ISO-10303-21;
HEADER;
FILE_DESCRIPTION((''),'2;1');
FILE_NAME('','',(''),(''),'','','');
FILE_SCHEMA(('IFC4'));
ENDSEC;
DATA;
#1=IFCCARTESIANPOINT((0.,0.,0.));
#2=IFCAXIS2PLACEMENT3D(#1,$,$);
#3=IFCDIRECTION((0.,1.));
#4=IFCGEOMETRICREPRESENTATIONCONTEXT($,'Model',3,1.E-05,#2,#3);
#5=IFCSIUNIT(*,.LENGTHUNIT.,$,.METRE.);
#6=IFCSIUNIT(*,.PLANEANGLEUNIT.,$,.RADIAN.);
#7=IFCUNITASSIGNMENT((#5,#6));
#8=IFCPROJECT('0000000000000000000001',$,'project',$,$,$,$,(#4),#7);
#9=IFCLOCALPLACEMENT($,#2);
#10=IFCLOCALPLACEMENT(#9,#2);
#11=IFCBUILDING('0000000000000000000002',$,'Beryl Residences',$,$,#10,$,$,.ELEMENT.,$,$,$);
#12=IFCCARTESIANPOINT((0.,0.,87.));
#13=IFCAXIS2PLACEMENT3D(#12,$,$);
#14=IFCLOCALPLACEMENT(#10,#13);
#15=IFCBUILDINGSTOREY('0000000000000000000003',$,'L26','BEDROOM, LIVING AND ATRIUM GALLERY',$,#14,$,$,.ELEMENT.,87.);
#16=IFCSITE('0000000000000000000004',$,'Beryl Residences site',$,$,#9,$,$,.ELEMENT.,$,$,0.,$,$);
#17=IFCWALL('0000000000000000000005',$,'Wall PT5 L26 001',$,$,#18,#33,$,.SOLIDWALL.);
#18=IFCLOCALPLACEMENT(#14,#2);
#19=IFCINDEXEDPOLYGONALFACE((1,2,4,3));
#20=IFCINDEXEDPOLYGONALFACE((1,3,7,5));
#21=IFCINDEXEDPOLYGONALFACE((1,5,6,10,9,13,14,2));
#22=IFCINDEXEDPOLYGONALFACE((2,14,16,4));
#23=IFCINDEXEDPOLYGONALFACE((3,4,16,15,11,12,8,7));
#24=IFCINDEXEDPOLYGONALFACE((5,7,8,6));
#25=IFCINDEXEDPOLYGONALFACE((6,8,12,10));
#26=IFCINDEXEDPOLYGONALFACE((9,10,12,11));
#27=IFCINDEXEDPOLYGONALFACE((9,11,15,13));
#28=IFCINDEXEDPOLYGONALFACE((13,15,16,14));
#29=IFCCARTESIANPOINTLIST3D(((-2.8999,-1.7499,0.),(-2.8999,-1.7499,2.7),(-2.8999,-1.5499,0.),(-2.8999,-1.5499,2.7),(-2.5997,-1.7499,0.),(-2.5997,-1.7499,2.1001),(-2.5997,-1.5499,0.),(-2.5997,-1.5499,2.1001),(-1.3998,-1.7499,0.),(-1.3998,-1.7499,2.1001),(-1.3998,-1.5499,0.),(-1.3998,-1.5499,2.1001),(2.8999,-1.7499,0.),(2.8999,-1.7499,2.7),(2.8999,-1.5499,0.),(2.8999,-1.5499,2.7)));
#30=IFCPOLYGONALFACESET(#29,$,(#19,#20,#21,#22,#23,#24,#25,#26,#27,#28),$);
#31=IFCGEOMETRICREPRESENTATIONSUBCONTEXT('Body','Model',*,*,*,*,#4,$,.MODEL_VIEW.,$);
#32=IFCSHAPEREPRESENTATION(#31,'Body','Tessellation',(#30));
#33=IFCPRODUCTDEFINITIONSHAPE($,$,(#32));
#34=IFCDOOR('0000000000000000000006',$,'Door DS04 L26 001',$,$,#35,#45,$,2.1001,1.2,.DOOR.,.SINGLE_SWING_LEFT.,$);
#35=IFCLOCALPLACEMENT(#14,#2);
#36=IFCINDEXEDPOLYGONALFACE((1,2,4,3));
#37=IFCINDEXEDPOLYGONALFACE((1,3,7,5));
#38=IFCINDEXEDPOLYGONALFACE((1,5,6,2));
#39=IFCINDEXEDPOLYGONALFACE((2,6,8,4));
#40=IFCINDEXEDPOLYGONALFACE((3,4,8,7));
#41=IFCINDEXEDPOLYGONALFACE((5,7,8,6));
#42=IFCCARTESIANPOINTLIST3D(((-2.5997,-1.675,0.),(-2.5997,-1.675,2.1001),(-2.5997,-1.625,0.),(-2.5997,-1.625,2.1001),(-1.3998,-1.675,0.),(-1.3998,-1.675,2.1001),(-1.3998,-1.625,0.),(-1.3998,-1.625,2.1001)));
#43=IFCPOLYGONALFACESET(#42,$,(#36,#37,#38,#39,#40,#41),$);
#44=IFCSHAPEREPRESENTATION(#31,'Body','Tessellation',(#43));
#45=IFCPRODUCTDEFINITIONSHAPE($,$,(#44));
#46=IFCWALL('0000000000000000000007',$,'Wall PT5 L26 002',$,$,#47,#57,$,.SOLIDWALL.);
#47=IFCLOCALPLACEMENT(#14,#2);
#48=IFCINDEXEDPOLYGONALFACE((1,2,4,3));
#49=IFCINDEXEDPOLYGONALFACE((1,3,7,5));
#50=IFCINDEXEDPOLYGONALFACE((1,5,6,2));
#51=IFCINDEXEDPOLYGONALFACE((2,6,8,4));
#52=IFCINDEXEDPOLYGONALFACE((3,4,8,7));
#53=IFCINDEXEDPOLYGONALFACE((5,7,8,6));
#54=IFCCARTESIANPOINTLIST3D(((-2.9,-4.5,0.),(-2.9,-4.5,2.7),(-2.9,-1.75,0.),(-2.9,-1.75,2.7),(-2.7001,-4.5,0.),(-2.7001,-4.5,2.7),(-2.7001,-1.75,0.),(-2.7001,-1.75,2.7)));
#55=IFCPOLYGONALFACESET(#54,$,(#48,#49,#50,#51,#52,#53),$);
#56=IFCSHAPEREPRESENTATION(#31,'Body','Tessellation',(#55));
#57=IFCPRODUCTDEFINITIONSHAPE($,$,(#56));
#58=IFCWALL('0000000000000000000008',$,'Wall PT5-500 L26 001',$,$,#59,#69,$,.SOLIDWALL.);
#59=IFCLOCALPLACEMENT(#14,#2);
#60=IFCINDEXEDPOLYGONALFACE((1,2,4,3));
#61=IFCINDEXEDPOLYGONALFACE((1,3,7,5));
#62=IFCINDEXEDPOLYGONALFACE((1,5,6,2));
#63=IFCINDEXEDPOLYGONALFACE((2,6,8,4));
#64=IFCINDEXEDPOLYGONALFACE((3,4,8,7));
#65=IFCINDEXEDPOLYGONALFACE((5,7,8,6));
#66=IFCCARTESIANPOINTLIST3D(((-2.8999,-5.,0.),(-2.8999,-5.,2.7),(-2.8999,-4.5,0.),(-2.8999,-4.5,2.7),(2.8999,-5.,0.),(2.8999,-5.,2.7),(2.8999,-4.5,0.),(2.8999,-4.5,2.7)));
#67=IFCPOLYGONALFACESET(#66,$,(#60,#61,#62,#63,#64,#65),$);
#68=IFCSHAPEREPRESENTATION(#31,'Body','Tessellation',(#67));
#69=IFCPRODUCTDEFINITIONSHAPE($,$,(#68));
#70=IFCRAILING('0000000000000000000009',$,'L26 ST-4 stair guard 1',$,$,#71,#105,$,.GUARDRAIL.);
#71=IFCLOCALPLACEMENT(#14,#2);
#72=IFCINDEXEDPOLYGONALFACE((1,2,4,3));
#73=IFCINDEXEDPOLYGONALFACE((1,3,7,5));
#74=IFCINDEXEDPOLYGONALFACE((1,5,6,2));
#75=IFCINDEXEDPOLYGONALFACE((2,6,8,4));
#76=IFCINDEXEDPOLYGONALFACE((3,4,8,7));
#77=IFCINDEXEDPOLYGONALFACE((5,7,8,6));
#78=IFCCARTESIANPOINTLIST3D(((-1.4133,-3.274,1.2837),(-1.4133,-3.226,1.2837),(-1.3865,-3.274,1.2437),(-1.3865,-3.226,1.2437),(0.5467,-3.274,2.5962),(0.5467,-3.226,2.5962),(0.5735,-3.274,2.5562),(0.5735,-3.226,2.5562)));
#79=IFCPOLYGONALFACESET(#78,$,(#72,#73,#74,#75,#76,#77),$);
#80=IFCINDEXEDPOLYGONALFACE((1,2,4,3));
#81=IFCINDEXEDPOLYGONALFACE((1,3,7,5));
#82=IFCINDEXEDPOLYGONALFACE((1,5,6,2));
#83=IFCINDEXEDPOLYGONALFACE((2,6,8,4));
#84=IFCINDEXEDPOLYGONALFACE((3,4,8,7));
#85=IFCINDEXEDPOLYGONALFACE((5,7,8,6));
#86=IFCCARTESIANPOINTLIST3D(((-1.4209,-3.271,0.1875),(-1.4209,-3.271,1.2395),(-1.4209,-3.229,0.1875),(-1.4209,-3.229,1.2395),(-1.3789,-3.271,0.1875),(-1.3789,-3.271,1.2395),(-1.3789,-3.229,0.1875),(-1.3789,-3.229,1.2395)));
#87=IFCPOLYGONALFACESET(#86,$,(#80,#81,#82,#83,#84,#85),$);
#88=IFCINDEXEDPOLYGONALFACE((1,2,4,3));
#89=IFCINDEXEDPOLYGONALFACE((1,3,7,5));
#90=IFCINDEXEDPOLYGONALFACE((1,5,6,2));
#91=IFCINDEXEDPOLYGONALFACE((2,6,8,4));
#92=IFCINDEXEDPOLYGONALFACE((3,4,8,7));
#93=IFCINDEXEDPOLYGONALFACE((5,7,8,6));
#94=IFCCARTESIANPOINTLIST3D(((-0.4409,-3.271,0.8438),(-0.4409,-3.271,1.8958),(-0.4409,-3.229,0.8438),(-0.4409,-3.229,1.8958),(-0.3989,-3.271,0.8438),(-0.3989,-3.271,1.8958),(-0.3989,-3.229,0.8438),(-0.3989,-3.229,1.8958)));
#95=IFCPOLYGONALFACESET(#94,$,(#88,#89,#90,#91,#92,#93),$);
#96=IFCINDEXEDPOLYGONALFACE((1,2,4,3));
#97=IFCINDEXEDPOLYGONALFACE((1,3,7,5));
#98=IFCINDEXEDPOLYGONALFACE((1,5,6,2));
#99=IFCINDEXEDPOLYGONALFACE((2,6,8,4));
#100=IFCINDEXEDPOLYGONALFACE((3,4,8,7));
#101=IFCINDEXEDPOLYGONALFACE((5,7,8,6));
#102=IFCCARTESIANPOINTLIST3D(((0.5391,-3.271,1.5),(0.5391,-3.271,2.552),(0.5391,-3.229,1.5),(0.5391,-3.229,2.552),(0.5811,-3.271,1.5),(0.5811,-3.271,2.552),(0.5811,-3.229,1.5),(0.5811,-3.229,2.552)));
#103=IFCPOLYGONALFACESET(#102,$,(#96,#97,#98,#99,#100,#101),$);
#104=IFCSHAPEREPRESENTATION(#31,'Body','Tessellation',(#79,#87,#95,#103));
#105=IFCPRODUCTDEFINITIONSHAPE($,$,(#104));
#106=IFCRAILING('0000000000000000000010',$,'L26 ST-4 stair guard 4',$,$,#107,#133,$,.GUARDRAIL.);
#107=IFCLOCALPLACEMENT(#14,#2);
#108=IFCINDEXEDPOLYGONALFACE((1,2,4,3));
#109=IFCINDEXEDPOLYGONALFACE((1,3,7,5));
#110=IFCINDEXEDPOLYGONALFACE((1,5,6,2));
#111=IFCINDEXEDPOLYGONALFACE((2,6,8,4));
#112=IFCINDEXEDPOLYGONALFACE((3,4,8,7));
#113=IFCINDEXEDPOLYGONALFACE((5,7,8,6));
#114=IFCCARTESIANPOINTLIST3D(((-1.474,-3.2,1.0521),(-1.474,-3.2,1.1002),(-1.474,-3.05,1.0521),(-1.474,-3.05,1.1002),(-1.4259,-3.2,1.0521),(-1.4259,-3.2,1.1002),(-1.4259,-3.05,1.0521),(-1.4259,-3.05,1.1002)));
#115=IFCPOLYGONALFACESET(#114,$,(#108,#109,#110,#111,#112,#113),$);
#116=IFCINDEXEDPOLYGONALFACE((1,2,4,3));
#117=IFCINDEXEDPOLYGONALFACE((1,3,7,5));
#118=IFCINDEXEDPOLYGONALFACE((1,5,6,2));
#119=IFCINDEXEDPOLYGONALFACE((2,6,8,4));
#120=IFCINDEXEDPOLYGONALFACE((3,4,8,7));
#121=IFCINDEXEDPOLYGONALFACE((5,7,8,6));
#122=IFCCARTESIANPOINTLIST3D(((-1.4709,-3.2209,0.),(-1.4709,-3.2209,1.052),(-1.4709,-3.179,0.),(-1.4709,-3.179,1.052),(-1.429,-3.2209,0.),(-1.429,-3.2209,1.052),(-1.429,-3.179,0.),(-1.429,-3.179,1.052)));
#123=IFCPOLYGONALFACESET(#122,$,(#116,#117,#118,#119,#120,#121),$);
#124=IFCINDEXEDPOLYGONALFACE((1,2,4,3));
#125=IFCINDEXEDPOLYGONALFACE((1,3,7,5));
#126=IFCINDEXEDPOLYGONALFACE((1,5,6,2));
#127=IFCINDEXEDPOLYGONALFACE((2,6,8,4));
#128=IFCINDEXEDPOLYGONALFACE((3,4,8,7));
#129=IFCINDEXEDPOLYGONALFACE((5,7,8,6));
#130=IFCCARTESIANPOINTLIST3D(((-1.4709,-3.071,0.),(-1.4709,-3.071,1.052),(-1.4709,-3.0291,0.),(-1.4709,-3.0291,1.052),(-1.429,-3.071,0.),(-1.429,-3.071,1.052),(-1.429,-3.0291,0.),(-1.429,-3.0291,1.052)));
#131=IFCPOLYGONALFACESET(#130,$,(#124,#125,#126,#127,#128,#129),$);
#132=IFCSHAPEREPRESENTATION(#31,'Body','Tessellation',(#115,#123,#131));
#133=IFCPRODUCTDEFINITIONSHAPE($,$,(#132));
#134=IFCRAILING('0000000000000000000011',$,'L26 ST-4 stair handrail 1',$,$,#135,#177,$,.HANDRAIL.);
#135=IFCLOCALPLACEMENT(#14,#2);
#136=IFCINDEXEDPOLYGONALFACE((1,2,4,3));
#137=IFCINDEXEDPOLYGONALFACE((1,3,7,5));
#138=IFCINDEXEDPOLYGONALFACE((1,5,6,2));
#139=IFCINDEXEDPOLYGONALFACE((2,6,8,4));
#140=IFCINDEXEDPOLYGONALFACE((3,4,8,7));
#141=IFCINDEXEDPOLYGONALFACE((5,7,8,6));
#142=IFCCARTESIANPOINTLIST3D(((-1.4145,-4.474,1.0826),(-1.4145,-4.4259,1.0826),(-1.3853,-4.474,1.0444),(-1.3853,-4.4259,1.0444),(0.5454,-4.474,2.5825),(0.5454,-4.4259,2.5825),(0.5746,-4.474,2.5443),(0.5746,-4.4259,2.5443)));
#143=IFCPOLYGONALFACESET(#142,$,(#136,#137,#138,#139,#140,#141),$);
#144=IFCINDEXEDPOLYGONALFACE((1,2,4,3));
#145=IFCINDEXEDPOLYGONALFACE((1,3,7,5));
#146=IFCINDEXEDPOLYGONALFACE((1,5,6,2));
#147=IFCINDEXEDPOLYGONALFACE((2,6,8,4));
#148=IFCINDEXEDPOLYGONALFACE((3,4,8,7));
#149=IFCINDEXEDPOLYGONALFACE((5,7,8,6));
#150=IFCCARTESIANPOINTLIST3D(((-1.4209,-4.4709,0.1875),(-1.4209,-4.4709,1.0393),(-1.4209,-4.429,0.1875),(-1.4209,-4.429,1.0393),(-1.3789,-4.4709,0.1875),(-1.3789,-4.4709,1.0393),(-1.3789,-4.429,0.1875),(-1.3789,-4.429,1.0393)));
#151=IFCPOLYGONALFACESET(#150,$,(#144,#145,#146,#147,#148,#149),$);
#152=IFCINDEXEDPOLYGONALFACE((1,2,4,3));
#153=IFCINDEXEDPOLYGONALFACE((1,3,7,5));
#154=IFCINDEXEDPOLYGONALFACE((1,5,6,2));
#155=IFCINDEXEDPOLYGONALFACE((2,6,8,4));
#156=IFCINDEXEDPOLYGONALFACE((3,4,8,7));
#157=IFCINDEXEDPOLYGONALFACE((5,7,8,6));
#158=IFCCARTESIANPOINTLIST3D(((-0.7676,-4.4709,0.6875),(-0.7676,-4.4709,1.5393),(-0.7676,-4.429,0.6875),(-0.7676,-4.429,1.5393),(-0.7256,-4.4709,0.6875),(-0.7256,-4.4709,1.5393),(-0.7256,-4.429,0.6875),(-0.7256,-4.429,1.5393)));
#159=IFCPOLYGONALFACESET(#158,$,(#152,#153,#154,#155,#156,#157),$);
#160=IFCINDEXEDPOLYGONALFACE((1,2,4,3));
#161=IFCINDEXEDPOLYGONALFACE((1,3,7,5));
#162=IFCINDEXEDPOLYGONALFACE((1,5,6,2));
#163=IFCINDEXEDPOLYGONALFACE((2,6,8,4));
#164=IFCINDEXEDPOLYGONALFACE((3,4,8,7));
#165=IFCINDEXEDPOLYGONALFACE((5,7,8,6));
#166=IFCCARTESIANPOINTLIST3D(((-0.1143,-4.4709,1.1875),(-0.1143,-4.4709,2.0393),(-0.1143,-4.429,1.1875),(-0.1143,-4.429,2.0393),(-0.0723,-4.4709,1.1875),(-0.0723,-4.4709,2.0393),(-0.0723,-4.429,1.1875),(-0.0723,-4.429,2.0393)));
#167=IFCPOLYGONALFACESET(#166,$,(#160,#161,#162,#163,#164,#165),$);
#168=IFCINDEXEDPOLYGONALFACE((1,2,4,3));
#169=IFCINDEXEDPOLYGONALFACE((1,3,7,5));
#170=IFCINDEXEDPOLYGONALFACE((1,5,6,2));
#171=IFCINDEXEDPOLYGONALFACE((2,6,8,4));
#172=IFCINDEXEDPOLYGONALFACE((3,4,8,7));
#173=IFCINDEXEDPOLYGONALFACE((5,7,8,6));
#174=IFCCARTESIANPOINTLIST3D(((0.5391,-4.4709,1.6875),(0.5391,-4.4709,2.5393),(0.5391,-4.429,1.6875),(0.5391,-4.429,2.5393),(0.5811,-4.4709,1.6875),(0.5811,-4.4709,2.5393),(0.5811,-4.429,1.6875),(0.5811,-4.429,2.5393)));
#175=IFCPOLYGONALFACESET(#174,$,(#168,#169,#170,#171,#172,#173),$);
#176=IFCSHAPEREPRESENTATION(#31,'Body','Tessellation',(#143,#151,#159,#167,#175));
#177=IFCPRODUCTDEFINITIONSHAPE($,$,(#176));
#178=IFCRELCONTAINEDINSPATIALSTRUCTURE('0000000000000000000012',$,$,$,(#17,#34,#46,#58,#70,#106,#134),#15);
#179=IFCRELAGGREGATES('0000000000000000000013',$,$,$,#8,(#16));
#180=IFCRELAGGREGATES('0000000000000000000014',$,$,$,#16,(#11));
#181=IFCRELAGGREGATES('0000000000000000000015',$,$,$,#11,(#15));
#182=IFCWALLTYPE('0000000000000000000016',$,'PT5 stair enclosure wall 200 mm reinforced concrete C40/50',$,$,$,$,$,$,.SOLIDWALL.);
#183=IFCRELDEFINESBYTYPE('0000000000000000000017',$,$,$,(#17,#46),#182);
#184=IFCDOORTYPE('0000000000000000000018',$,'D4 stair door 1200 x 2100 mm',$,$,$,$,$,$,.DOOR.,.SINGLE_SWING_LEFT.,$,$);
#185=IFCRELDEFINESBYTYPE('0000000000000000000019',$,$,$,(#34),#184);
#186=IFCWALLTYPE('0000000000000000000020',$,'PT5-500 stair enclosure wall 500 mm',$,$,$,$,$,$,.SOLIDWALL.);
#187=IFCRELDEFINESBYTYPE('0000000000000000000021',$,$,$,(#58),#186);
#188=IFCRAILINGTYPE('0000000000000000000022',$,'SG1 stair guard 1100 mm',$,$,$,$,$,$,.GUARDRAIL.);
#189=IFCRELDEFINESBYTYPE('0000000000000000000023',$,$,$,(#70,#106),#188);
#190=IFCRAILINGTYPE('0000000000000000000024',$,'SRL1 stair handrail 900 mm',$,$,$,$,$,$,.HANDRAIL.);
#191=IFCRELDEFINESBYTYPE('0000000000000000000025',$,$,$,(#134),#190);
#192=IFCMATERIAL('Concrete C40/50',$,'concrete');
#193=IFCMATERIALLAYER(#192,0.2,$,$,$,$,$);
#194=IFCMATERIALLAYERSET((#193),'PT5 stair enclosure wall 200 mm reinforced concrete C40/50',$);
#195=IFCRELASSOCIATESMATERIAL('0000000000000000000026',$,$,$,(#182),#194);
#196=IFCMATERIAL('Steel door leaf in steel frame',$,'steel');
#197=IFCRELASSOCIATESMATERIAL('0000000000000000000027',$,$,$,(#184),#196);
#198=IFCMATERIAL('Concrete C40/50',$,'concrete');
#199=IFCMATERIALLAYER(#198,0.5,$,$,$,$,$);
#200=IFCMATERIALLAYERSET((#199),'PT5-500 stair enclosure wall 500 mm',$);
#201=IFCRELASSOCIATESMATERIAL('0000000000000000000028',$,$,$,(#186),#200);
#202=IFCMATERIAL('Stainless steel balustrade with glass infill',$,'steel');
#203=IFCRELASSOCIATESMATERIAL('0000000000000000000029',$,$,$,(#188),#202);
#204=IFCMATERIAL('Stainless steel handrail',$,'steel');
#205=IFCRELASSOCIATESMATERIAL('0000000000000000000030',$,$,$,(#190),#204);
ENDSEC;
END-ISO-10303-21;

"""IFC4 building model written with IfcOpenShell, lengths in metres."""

from ifc_helpers import new_model, si_unit, direction, frame, frame_2d, origin, origin_2d, place, context, subcontext, project, spatial, rectangle, extrude, material, layer, layer_set, type_object, element, fill, save


model = new_model("IFC4")

# Units and contexts
model_context = context("Model", 3, precision=1e-05, world=origin(), true_north=direction((0.0, 1.0)))
body_context = subcontext(model_context, "Body", "Model", "MODEL_VIEW")
ifc_project = project(units=[si_unit("LENGTHUNIT", "METRE"), si_unit("PLANEANGLEUNIT", "RADIAN")], contexts=[model_context])

# Site, building, storey
site_placement = place(None, origin())
site = spatial("IfcSite", under=ifc_project, at=site_placement, Name="Beryl Residences site", CompositionType="ELEMENT", RefElevation=0.0)
building_placement = place(site_placement, origin())
building = spatial("IfcBuilding", under=site, at=building_placement, Name="Beryl Residences", CompositionType="ELEMENT")
storey_placement = place(building_placement, frame((0.0, 0.0, 87.0)))
storey = spatial("IfcBuildingStorey", under=building, at=storey_placement, Name="L26", Description="BEDROOM, LIVING AND ATRIUM GALLERY", CompositionType="ELEMENT", Elevation=87.0)

# Wall, opening, door
ifc_material_1 = material(Name="Concrete C40/50", Category="concrete")
ifc_layer_1 = layer(ifc_material_1, 0.2)
ifc_layer_set_1 = layer_set([ifc_layer_1], Name="PT5 stair enclosure wall 200 mm reinforced concrete C40/50")
wall_type_1 = type_object("IfcWallType", Name="PT5 stair enclosure wall 200 mm reinforced concrete C40/50", PredefinedType="SOLIDWALL", material=ifc_layer_set_1)
wall_1_placement = place(storey_placement, frame((-2.8999, -1.6499, 0.0), z_axis=(0.0, 0.0, 1.0), x_axis=(1.0, 0.0, 0.0)))
wall_1 = element("IfcWall", 1, at=wall_1_placement, inside=storey, type_object=wall_type_1, Name="Wall PT5 L26 001", PredefinedType="SOLIDWALL", context=body_context, shape_type="SweptSolid", body=[
    extrude(rectangle(XDim=5.7998, YDim=0.2, at=frame_2d((2.8999, 0.0))), origin(), (0.0, 0.0, 1.0), 2.7),
])
opening_1_placement = place(wall_1_placement, frame((0.3, 0.0, 0.0)))
opening_1 = element("IfcOpeningElement", 2, at=opening_1_placement, cuts=wall_1, PredefinedType="OPENING", context=body_context, shape_type="SweptSolid", body=[
    extrude(rectangle(XDim=1.2, YDim=2.1001, at=frame_2d((0.6001, 1.05))), frame((0.0, 0.1099, 0.0), z_axis=(0.0, -1.0, 0.0), x_axis=(1.0, 0.0, 0.0)), (0.0, 0.0, 1.0), 0.22),
])
ifc_material_2 = material(Name="Steel door leaf in steel frame", Category="steel")
door_type_1 = type_object("IfcDoorType", Name="D4 stair door 1200 x 2100 mm", OperationType="SINGLE_SWING_LEFT", PredefinedType="DOOR", material=ifc_material_2)
door_1_placement = place(opening_1_placement, origin())
door_1 = element("IfcDoor", 3, at=door_1_placement, inside=storey, type_object=door_type_1, Name="Door DS04 L26 001", OperationType="SINGLE_SWING_LEFT", OverallHeight=2.1001, OverallWidth=1.2, PredefinedType="DOOR", context=body_context, shape_type="SweptSolid", body=[
    extrude(rectangle(XDim=1.2, YDim=2.1001, at=frame_2d((0.6001, 1.05))), frame((0.0, 0.0249, 0.0), z_axis=(0.0, -1.0, 0.0), x_axis=(1.0, 0.0, 0.0)), (0.0, 0.0, 1.0), 0.05),
])
fill(opening_1, door_1)

# Walls
wall_2_placement = place(storey_placement, frame((-2.8, -4.5, 0.0), z_axis=(0.0, 0.0, 1.0), x_axis=(0.0, 1.0, 0.0)))
element("IfcWall", 4, at=wall_2_placement, inside=storey, type_object=wall_type_1, Name="Wall PT5 L26 002", PredefinedType="SOLIDWALL", context=body_context, shape_type="SweptSolid", body=[
    extrude(rectangle(XDim=2.75, YDim=0.2, at=frame_2d((1.375, 0.0))), origin(), (0.0, 0.0, 1.0), 2.7),
])
ifc_material_3 = material(Name="Concrete C40/50", Category="concrete")
ifc_layer_2 = layer(ifc_material_3, 0.5)
ifc_layer_set_2 = layer_set([ifc_layer_2], Name="PT5-500 stair enclosure wall 500 mm")
wall_type_2 = type_object("IfcWallType", Name="PT5-500 stair enclosure wall 500 mm", PredefinedType="SOLIDWALL", material=ifc_layer_set_2)
wall_3_placement = place(storey_placement, frame((-2.8999, -4.75, 0.0), z_axis=(0.0, 0.0, 1.0), x_axis=(1.0, 0.0, 0.0)))
element("IfcWall", 5, at=wall_3_placement, inside=storey, type_object=wall_type_2, Name="Wall PT5-500 L26 001", PredefinedType="SOLIDWALL", context=body_context, shape_type="SweptSolid", body=[
    extrude(rectangle(XDim=5.7998, YDim=0.5, at=frame_2d((2.8999, 0.0))), origin(), (0.0, 0.0, 1.0), 2.7),
])

# Railings
ifc_material_4 = material(Name="Stainless steel balustrade with glass infill", Category="steel")
railing_type_1 = type_object("IfcRailingType", Name="SG1 stair guard 1100 mm", PredefinedType="GUARDRAIL", material=ifc_material_4)
railing_1_placement = place(storey_placement, frame((-1.3999, -3.25, 0.1875)))
element("IfcRailing", 6, at=railing_1_placement, inside=storey, type_object=railing_type_1, Name="L26 ST-4 stair guard 1", PredefinedType="GUARDRAIL", context=body_context, shape_type="SweptSolid", body=[
    extrude(rectangle(XDim=0.0481, YDim=0.0481, at=origin_2d()), frame((0.0, 0.0, 1.0762), z_axis=(0.830902, 0.0, 0.556419), x_axis=(0.0, 1.0, 0.0)), (0.0, 0.0, 1.0), 2.3589),
    extrude(rectangle(XDim=0.042, YDim=0.042, at=origin_2d()), origin(), (0.0, 0.0, 1.0), 1.052),
    extrude(rectangle(XDim=0.042, YDim=0.042, at=origin_2d()), frame((0.98, 0.0, 0.6562)), (0.0, 0.0, 1.0), 1.052),
    extrude(rectangle(XDim=0.042, YDim=0.042, at=origin_2d()), frame((1.96, 0.0, 1.3125)), (0.0, 0.0, 1.0), 1.052),
])
railing_2_placement = place(storey_placement, frame((-1.45, -3.2, 0.0)))
element("IfcRailing", 7, at=railing_2_placement, inside=storey, type_object=railing_type_1, Name="L26 ST-4 stair guard 4", PredefinedType="GUARDRAIL", context=body_context, shape_type="SweptSolid", body=[
    extrude(rectangle(XDim=0.0481, YDim=0.0481, at=origin_2d()), frame((0.0, 0.0, 1.0762), z_axis=(0.0, 1.0, 0.0), x_axis=(-1.0, 0.0, 0.0)), (0.0, 0.0, 1.0), 0.1499),
    extrude(rectangle(XDim=0.042, YDim=0.042, at=origin_2d()), origin(), (0.0, 0.0, 1.0), 1.052),
    extrude(rectangle(XDim=0.042, YDim=0.042, at=origin_2d()), frame((0.0, 0.1499, 0.0)), (0.0, 0.0, 1.0), 1.052),
])
ifc_material_5 = material(Name="Stainless steel handrail", Category="steel")
railing_type_2 = type_object("IfcRailingType", Name="SRL1 stair handrail 900 mm", PredefinedType="HANDRAIL", material=ifc_material_5)
railing_3_placement = place(storey_placement, frame((-1.3999, -4.45, 0.1875)))
element("IfcRailing", 8, at=railing_3_placement, inside=storey, type_object=railing_type_2, Name="L26 ST-4 stair handrail 1", PredefinedType="HANDRAIL", context=body_context, shape_type="SweptSolid", body=[
    extrude(rectangle(XDim=0.0481, YDim=0.0481, at=origin_2d()), frame((0.0, 0.0, 0.876), z_axis=(0.794122, 0.0, 0.607758), x_axis=(0.0, 1.0, 0.0)), (0.0, 0.0, 1.0), 2.468),
    extrude(rectangle(XDim=0.042, YDim=0.042, at=origin_2d()), origin(), (0.0, 0.0, 1.0), 0.8518),
    extrude(rectangle(XDim=0.042, YDim=0.042, at=origin_2d()), frame((0.6533, 0.0, 0.5)), (0.0, 0.0, 1.0), 0.8518),
    extrude(rectangle(XDim=0.042, YDim=0.042, at=origin_2d()), frame((1.3066, 0.0, 1.0)), (0.0, 0.0, 1.0), 0.8518),
    extrude(rectangle(XDim=0.042, YDim=0.042, at=origin_2d()), frame((1.96, 0.0, 1.5)), (0.0, 0.0, 1.0), 0.8518),
])

save(model, "model.ifc")
